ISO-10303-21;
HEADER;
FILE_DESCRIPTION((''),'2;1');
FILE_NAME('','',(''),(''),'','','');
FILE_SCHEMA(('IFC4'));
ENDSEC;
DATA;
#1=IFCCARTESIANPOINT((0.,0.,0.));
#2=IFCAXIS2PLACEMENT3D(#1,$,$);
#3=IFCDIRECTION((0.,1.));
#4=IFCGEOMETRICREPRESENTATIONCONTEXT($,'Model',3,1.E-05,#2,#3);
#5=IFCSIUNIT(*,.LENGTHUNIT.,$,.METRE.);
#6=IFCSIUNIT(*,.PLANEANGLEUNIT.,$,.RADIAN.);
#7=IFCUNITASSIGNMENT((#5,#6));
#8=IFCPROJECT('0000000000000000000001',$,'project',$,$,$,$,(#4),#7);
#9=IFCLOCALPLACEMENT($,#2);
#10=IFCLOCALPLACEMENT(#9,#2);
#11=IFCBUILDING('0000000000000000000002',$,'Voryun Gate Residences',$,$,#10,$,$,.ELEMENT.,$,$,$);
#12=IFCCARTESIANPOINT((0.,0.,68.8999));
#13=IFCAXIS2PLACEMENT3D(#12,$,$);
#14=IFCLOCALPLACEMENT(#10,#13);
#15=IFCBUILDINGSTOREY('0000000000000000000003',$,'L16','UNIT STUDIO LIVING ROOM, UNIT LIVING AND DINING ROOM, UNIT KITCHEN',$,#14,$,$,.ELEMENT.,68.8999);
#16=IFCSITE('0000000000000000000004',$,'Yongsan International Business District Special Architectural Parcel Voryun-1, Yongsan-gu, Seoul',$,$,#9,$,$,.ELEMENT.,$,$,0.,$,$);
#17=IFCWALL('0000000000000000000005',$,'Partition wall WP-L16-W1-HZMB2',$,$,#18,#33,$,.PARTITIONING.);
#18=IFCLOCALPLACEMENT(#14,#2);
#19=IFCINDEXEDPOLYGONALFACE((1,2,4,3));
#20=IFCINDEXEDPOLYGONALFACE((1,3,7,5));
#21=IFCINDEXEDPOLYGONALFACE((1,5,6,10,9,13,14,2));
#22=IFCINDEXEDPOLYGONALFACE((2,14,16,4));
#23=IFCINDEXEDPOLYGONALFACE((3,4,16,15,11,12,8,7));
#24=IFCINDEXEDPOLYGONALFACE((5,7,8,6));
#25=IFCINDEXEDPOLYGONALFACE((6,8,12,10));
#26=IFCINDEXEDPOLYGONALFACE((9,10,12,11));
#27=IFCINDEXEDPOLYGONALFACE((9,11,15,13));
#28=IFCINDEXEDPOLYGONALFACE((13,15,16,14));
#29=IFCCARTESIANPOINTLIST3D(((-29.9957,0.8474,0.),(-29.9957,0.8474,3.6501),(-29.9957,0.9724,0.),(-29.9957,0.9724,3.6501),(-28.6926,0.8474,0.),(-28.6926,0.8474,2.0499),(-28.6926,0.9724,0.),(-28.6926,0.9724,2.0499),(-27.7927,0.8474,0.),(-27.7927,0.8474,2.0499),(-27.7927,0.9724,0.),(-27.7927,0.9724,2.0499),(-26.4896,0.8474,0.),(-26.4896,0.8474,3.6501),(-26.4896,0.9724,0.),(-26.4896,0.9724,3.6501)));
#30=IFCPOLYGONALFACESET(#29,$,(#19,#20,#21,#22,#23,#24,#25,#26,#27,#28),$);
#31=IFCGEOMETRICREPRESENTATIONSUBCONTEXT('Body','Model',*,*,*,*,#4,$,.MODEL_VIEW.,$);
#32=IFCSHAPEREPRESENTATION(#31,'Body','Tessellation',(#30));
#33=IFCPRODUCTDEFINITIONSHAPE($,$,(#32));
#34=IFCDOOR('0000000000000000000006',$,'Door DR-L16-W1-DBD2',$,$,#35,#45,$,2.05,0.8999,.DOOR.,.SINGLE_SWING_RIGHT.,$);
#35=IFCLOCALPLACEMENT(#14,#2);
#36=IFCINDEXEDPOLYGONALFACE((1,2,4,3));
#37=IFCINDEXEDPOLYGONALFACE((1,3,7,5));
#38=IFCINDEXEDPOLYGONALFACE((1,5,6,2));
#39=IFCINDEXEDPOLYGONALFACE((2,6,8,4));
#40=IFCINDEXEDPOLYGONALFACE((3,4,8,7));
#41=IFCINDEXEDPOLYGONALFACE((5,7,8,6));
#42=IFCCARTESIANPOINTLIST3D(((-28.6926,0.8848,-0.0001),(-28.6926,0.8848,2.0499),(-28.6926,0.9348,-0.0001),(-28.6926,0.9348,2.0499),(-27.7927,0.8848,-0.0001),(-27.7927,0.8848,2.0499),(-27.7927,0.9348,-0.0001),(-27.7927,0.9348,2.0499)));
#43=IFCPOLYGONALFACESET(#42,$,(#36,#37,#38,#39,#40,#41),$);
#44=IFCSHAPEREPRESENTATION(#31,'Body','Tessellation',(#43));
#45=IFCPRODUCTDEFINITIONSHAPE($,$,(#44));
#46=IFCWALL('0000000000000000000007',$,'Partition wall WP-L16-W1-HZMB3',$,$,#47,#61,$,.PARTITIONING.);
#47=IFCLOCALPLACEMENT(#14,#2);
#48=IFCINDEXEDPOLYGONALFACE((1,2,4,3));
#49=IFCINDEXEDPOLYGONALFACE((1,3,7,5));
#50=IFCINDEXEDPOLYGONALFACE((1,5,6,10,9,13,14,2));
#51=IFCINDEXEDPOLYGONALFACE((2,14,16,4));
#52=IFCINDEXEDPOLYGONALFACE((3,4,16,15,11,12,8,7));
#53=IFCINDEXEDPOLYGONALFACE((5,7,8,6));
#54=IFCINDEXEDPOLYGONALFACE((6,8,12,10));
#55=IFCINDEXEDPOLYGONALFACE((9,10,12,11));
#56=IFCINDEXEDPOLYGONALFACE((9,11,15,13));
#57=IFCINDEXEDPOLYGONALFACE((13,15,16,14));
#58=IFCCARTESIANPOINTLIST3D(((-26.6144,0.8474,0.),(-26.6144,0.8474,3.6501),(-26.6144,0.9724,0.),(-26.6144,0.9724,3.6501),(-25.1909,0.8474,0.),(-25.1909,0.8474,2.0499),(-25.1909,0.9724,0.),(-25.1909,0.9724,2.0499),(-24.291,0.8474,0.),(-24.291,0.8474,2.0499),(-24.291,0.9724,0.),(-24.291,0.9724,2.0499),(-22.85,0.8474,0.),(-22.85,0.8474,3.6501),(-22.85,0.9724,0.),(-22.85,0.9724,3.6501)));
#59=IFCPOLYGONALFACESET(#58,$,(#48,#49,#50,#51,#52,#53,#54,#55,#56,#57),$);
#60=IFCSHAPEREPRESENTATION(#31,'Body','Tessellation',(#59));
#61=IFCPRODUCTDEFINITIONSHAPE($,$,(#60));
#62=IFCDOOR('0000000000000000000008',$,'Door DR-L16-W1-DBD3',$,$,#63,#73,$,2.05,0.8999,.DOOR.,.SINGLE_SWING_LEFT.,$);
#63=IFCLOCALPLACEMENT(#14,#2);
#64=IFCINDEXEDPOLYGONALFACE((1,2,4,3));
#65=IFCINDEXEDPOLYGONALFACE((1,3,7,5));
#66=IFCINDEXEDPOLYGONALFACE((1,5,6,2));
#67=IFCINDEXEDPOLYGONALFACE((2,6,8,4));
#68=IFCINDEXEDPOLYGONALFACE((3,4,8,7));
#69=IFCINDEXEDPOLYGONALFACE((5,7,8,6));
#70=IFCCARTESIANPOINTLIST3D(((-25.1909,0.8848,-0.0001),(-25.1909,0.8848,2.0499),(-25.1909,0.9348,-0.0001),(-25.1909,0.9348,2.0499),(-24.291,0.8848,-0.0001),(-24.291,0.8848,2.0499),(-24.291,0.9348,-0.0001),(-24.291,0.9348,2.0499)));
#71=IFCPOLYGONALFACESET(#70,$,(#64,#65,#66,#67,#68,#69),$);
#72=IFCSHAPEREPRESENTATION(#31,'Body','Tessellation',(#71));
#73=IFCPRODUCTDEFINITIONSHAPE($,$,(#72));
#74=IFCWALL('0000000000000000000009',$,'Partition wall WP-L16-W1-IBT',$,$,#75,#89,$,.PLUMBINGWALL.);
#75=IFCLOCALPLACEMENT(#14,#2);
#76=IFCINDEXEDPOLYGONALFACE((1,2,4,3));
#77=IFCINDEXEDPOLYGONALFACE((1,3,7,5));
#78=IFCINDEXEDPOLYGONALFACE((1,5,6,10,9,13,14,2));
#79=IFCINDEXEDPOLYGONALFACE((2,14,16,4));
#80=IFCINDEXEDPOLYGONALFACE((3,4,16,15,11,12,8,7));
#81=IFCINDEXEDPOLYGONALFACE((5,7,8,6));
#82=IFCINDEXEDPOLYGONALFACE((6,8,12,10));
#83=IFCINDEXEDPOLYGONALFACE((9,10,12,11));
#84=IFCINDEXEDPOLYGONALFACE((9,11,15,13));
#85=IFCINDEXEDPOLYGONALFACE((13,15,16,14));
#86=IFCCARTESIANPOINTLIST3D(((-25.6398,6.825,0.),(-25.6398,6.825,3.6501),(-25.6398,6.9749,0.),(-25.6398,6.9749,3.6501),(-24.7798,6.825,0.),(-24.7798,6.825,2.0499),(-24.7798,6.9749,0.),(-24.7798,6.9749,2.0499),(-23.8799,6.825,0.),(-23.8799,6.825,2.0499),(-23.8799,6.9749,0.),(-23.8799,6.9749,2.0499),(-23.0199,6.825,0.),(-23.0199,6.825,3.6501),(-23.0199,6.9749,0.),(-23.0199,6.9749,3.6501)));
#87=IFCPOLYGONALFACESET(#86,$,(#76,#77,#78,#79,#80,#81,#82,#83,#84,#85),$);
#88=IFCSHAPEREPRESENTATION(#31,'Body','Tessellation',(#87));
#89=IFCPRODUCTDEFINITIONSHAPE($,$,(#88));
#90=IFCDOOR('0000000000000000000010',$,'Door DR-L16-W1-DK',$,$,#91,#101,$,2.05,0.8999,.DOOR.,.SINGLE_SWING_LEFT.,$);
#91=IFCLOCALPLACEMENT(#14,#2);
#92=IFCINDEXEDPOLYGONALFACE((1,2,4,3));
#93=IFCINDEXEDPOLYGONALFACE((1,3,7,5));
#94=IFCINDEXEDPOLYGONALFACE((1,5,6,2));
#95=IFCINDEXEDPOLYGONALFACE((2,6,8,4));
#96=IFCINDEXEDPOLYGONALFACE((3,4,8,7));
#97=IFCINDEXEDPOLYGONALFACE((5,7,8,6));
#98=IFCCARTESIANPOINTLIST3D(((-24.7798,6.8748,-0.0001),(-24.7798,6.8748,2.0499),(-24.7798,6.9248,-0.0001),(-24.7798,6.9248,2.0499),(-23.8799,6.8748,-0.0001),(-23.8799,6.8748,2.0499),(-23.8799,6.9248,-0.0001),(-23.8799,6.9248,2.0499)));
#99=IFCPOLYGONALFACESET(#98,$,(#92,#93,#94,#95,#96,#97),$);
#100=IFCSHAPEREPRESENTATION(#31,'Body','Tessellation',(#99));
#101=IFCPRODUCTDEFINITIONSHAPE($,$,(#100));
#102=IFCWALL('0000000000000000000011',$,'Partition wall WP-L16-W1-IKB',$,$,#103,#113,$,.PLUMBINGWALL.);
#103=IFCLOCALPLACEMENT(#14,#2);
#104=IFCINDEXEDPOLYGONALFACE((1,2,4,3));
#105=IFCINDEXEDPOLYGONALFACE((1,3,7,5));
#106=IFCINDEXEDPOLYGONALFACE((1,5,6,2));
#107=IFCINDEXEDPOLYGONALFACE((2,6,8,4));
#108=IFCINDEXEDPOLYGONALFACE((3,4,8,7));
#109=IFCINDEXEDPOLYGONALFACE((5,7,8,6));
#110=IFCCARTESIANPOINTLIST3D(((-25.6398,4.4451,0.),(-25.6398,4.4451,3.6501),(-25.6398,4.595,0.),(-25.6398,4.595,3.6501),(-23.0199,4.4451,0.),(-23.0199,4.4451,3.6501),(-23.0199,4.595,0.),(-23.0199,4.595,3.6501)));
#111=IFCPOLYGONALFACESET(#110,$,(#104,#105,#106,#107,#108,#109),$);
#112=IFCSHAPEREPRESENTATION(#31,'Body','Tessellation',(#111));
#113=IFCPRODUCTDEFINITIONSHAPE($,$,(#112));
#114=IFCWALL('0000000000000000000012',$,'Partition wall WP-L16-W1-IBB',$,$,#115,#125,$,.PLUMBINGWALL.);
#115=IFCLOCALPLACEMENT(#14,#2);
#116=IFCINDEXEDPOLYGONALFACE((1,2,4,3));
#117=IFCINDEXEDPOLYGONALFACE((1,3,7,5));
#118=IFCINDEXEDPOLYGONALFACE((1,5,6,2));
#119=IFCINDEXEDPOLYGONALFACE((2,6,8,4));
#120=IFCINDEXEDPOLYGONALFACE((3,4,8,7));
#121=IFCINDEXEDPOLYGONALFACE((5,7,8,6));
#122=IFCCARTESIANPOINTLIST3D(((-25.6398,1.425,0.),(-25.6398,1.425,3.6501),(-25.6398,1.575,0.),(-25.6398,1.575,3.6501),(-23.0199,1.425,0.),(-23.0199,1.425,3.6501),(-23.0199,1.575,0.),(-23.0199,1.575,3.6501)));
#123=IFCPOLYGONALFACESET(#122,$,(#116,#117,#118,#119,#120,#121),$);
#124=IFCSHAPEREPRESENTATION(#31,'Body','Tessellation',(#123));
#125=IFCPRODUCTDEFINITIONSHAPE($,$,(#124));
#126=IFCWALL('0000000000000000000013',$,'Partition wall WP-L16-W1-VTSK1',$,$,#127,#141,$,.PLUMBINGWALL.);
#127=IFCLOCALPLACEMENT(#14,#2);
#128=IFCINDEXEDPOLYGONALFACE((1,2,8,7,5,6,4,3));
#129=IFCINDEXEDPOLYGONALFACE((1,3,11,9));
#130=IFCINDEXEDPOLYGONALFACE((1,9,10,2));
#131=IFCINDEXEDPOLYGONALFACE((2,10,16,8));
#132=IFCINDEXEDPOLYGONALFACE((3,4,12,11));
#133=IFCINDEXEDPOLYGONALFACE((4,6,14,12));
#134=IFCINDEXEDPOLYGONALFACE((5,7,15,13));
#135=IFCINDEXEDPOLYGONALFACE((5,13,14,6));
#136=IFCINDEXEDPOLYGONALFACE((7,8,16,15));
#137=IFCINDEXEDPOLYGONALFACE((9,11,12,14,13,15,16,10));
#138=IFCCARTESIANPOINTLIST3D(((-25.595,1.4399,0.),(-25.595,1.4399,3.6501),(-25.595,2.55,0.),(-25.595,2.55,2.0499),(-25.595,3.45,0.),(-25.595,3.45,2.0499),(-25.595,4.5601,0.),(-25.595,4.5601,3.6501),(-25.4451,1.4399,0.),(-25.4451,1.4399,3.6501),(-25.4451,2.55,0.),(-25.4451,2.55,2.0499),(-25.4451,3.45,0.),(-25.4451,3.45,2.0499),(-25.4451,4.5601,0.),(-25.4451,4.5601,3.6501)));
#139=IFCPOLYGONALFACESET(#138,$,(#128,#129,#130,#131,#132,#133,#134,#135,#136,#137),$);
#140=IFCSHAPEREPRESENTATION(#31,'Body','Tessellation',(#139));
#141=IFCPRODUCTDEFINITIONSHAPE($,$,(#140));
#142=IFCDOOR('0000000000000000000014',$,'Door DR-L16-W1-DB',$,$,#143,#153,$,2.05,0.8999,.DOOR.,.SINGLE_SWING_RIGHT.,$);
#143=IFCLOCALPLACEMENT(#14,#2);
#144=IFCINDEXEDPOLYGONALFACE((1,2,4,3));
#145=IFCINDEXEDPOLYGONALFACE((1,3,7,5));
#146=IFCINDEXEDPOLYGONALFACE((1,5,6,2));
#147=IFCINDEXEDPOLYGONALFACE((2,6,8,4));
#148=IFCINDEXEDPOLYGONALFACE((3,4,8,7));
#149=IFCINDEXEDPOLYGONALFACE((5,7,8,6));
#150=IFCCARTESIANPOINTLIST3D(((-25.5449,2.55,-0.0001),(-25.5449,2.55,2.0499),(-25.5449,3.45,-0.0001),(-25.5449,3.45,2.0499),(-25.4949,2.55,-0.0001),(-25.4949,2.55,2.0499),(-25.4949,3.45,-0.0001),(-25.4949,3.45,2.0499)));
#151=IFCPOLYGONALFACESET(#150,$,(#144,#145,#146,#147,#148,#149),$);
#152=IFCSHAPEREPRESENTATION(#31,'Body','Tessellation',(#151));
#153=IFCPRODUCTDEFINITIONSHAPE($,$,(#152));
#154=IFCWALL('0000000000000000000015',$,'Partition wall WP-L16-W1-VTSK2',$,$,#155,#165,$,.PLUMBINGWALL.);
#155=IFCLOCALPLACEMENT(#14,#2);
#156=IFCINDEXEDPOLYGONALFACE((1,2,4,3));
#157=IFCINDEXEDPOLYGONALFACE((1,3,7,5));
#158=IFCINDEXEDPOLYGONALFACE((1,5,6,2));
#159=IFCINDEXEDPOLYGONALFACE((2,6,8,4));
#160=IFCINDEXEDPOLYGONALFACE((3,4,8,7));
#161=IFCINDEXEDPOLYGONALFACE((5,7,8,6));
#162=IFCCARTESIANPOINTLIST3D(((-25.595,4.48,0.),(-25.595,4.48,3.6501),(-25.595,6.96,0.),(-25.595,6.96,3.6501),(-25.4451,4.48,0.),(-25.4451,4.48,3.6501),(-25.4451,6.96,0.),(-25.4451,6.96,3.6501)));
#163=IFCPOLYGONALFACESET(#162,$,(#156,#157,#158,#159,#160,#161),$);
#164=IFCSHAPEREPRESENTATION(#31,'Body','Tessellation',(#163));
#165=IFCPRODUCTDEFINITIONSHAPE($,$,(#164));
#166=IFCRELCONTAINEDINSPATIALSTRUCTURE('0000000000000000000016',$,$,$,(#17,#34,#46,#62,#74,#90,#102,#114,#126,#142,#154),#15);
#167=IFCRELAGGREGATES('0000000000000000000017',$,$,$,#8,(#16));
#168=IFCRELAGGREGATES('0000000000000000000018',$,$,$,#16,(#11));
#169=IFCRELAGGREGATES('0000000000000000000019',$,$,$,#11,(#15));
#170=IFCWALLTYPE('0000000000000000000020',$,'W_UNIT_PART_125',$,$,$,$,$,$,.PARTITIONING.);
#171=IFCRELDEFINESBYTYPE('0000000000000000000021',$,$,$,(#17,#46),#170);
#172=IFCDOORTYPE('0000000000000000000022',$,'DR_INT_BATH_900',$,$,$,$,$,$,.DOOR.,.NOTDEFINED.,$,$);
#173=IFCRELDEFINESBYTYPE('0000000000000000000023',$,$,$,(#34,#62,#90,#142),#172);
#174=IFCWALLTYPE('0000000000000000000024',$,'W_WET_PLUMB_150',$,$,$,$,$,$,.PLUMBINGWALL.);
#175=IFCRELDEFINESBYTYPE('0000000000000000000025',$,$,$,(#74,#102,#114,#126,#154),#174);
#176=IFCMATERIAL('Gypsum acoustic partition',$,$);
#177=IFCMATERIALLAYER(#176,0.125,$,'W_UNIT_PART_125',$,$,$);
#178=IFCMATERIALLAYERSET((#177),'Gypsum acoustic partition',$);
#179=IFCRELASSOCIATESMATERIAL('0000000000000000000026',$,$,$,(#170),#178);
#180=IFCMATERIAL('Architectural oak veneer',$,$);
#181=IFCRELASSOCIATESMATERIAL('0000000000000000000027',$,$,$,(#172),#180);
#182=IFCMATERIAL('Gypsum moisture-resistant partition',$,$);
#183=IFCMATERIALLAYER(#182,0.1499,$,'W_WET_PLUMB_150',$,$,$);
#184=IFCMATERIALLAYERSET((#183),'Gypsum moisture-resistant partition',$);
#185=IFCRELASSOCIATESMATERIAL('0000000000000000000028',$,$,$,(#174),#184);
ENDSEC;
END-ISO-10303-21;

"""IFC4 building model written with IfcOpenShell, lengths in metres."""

from ifc_helpers import new_model, si_unit, direction, frame, frame_2d, origin, place, context, subcontext, project, spatial, rectangle, extrude, material, layer, layer_set, type_object, element, fill, save


model = new_model("IFC4")

# Units and contexts
model_context = context("Model", 3, precision=1e-05, world=origin(), true_north=direction((0.0, 1.0)))
body_context = subcontext(model_context, "Body", "Model", "MODEL_VIEW")
ifc_project = project(units=[si_unit("LENGTHUNIT", "METRE"), si_unit("PLANEANGLEUNIT", "RADIAN")], contexts=[model_context])

# Site, building, storey
site_placement = place(None, origin())
site = spatial("IfcSite", under=ifc_project, at=site_placement, Name="Yongsan International Business District Special Architectural Parcel Voryun-1, Yongsan-gu, Seoul", CompositionType="ELEMENT", RefElevation=0.0)
building_placement = place(site_placement, origin())
building = spatial("IfcBuilding", under=site, at=building_placement, Name="Voryun Gate Residences", CompositionType="ELEMENT")
storey_placement = place(building_placement, frame((0.0, 0.0, 68.8999)))
storey = spatial("IfcBuildingStorey", under=building, at=storey_placement, Name="L16", Description="UNIT STUDIO LIVING ROOM, UNIT LIVING AND DINING ROOM, UNIT KITCHEN", CompositionType="ELEMENT", Elevation=68.8999)

# Walls, openings, doors
ifc_material_1 = material(Name="Gypsum acoustic partition")
ifc_layer_1 = layer(ifc_material_1, 0.125, Name="W_UNIT_PART_125")
ifc_layer_set_1 = layer_set([ifc_layer_1], Name="Gypsum acoustic partition")
wall_type_1 = type_object("IfcWallType", Name="W_UNIT_PART_125", PredefinedType="PARTITIONING", material=ifc_layer_set_1)
ifc_material_2 = material(Name="Architectural oak veneer")
door_type_1 = type_object("IfcDoorType", Name="DR_INT_BATH_900", OperationType="NOTDEFINED", PredefinedType="DOOR", material=ifc_material_2)
wall_1_placement = place(storey_placement, frame((-29.9956, 0.9099, 0.0), z_axis=(0.0, 0.0, 1.0), x_axis=(1.0, 0.0, 0.0)))
wall_1 = element("IfcWall", 1, at=wall_1_placement, inside=storey, type_object=wall_type_1, Name="Partition wall WP-L16-W1-HZMB2", PredefinedType="PARTITIONING", context=body_context, shape_type="SweptSolid", body=[
    extrude(rectangle(XDim=3.5061, YDim=0.125, at=frame_2d((1.7529, 0.0))), origin(), (0.0, 0.0, 1.0), 3.6501),
])
opening_1_placement = place(wall_1_placement, frame((1.303, 0.0, 0.0)))
opening_1 = element("IfcOpeningElement", 2, at=opening_1_placement, cuts=wall_1, PredefinedType="OPENING", context=body_context, shape_type="SweptSolid", body=[
    extrude(rectangle(XDim=0.8999, YDim=2.05, at=frame_2d((0.45, 1.0249))), frame((0.0, 0.0725, 0.0), z_axis=(0.0, -1.0, 0.0), x_axis=(1.0, 0.0, 0.0)), (0.0, 0.0, 1.0), 0.145),
])
door_1_placement = place(opening_1_placement, origin())
door_1 = element("IfcDoor", 3, at=door_1_placement, inside=storey, type_object=door_type_1, Name="Door DR-L16-W1-DBD2", OperationType="SINGLE_SWING_RIGHT", OverallHeight=2.05, OverallWidth=0.8999, PredefinedType="DOOR", context=body_context, shape_type="SweptSolid", body=[
    extrude(rectangle(XDim=0.8999, YDim=2.05, at=frame_2d((0.45, 1.0249))), frame((0.0, 0.0249, 0.0), z_axis=(0.0, -1.0, 0.0), x_axis=(1.0, 0.0, 0.0)), (0.0, 0.0, 1.0), 0.05),
])
fill(opening_1, door_1)
wall_2_placement = place(storey_placement, frame((-26.6145, 0.9099, 0.0), z_axis=(0.0, 0.0, 1.0), x_axis=(1.0, 0.0, 0.0)))
wall_2 = element("IfcWall", 4, at=wall_2_placement, inside=storey, type_object=wall_type_1, Name="Partition wall WP-L16-W1-HZMB3", PredefinedType="PARTITIONING", context=body_context, shape_type="SweptSolid", body=[
    extrude(rectangle(XDim=3.7644, YDim=0.125, at=frame_2d((1.8823, 0.0))), origin(), (0.0, 0.0, 1.0), 3.6501),
])
opening_2_placement = place(wall_2_placement, frame((1.4236, 0.0, 0.0)))
opening_2 = element("IfcOpeningElement", 5, at=opening_2_placement, cuts=wall_2, PredefinedType="OPENING", context=body_context, shape_type="SweptSolid", body=[
    extrude(rectangle(XDim=0.8999, YDim=2.05, at=frame_2d((0.45, 1.0249))), frame((0.0, 0.0725, 0.0), z_axis=(0.0, -1.0, 0.0), x_axis=(1.0, 0.0, 0.0)), (0.0, 0.0, 1.0), 0.145),
])
door_2_placement = place(opening_2_placement, origin())
door_2 = element("IfcDoor", 6, at=door_2_placement, inside=storey, type_object=door_type_1, Name="Door DR-L16-W1-DBD3", OperationType="SINGLE_SWING_LEFT", OverallHeight=2.05, OverallWidth=0.8999, PredefinedType="DOOR", context=body_context, shape_type="SweptSolid", body=[
    extrude(rectangle(XDim=0.8999, YDim=2.05, at=frame_2d((0.45, 1.0249))), frame((0.0, 0.0249, 0.0), z_axis=(0.0, -1.0, 0.0), x_axis=(1.0, 0.0, 0.0)), (0.0, 0.0, 1.0), 0.05),
])
fill(opening_2, door_2)
ifc_material_3 = material(Name="Gypsum moisture-resistant partition")
ifc_layer_2 = layer(ifc_material_3, 0.1499, Name="W_WET_PLUMB_150")
ifc_layer_set_2 = layer_set([ifc_layer_2], Name="Gypsum moisture-resistant partition")
wall_type_2 = type_object("IfcWallType", Name="W_WET_PLUMB_150", PredefinedType="PLUMBINGWALL", material=ifc_layer_set_2)
wall_3_placement = place(storey_placement, frame((-25.6399, 6.8999, 0.0), z_axis=(0.0, 0.0, 1.0), x_axis=(1.0, 0.0, 0.0)))
wall_3 = element("IfcWall", 7, at=wall_3_placement, inside=storey, type_object=wall_type_2, Name="Partition wall WP-L16-W1-IBT", PredefinedType="PLUMBINGWALL", context=body_context, shape_type="SweptSolid", body=[
    extrude(rectangle(XDim=2.6199, YDim=0.1499, at=frame_2d((1.3101, 0.0))), origin(), (0.0, 0.0, 1.0), 3.6501),
])
opening_3_placement = place(wall_3_placement, frame((0.8601, 0.0, 0.0)))
opening_3 = element("IfcOpeningElement", 8, at=opening_3_placement, cuts=wall_3, PredefinedType="OPENING", context=body_context, shape_type="SweptSolid", body=[
    extrude(rectangle(XDim=0.8999, YDim=2.05, at=frame_2d((0.45, 1.0249))), frame((0.0, 0.085, 0.0), z_axis=(0.0, -1.0, 0.0), x_axis=(1.0, 0.0, 0.0)), (0.0, 0.0, 1.0), 0.1699),
])
door_3_placement = place(opening_3_placement, origin())
door_3 = element("IfcDoor", 9, at=door_3_placement, inside=storey, type_object=door_type_1, Name="Door DR-L16-W1-DK", OperationType="SINGLE_SWING_LEFT", OverallHeight=2.05, OverallWidth=0.8999, PredefinedType="DOOR", context=body_context, shape_type="SweptSolid", body=[
    extrude(rectangle(XDim=0.8999, YDim=2.05, at=frame_2d((0.45, 1.0249))), frame((0.0, 0.0249, 0.0), z_axis=(0.0, -1.0, 0.0), x_axis=(1.0, 0.0, 0.0)), (0.0, 0.0, 1.0), 0.05),
])
fill(opening_3, door_3)

# Walls
for number, where, z_axis, x_axis, name in (
    (10, (-25.6399, 4.52, 0.0), (0.0, 0.0, 1.0), (1.0, 0.0, 0.0), "Partition wall WP-L16-W1-IKB"),
    (11, (-25.6399, 1.5, 0.0), (0.0, 0.0, 1.0), (1.0, 0.0, 0.0), "Partition wall WP-L16-W1-IBB"),
):
    element("IfcWall", number, at=place(storey_placement, frame(where, z_axis=z_axis, x_axis=x_axis)), inside=storey, type_object=wall_type_2, Name=name, PredefinedType="PLUMBINGWALL", context=body_context, shape_type="SweptSolid", body=[
        extrude(rectangle(XDim=2.6199, YDim=0.1499, at=frame_2d((1.3101, 0.0))), origin(), (0.0, 0.0, 1.0), 3.6501),
    ])

# Wall, opening, door
wall_4_placement = place(storey_placement, frame((-25.52, 1.4399, 0.0), z_axis=(0.0, 0.0, 1.0), x_axis=(0.0, 1.0, 0.0)))
wall_4 = element("IfcWall", 12, at=wall_4_placement, inside=storey, type_object=wall_type_2, Name="Partition wall WP-L16-W1-VTSK1", PredefinedType="PLUMBINGWALL", context=body_context, shape_type="SweptSolid", body=[
    extrude(rectangle(XDim=3.1201, YDim=0.1499, at=frame_2d((1.5601, 0.0))), origin(), (0.0, 0.0, 1.0), 3.6501),
])
opening_4_placement = place(wall_4_placement, frame((1.1101, 0.0, 0.0)))
opening_4 = element("IfcOpeningElement", 13, at=opening_4_placement, cuts=wall_4, PredefinedType="OPENING", context=body_context, shape_type="SweptSolid", body=[
    extrude(rectangle(XDim=0.8999, YDim=2.05, at=frame_2d((0.45, 1.0249))), frame((0.0, 0.085, 0.0), z_axis=(0.0, -1.0, 0.0), x_axis=(1.0, 0.0, 0.0)), (0.0, 0.0, 1.0), 0.1699),
])
door_4_placement = place(opening_4_placement, origin())
door_4 = element("IfcDoor", 14, at=door_4_placement, inside=storey, type_object=door_type_1, Name="Door DR-L16-W1-DB", OperationType="SINGLE_SWING_RIGHT", OverallHeight=2.05, OverallWidth=0.8999, PredefinedType="DOOR", context=body_context, shape_type="SweptSolid", body=[
    extrude(rectangle(XDim=0.8999, YDim=2.05, at=frame_2d((0.45, 1.0249))), frame((0.0, 0.0249, 0.0), z_axis=(0.0, -1.0, 0.0), x_axis=(1.0, 0.0, 0.0)), (0.0, 0.0, 1.0), 0.05),
])
fill(opening_4, door_4)

# Wall
wall_5_placement = place(storey_placement, frame((-25.52, 4.48, 0.0), z_axis=(0.0, 0.0, 1.0), x_axis=(0.0, 1.0, 0.0)))
element("IfcWall", 15, at=wall_5_placement, inside=storey, type_object=wall_type_2, Name="Partition wall WP-L16-W1-VTSK2", PredefinedType="PLUMBINGWALL", context=body_context, shape_type="SweptSolid", body=[
    extrude(rectangle(XDim=2.48, YDim=0.1499, at=frame_2d((1.24, 0.0))), origin(), (0.0, 0.0, 1.0), 3.6501),
])

save(model, "model.ifc")
